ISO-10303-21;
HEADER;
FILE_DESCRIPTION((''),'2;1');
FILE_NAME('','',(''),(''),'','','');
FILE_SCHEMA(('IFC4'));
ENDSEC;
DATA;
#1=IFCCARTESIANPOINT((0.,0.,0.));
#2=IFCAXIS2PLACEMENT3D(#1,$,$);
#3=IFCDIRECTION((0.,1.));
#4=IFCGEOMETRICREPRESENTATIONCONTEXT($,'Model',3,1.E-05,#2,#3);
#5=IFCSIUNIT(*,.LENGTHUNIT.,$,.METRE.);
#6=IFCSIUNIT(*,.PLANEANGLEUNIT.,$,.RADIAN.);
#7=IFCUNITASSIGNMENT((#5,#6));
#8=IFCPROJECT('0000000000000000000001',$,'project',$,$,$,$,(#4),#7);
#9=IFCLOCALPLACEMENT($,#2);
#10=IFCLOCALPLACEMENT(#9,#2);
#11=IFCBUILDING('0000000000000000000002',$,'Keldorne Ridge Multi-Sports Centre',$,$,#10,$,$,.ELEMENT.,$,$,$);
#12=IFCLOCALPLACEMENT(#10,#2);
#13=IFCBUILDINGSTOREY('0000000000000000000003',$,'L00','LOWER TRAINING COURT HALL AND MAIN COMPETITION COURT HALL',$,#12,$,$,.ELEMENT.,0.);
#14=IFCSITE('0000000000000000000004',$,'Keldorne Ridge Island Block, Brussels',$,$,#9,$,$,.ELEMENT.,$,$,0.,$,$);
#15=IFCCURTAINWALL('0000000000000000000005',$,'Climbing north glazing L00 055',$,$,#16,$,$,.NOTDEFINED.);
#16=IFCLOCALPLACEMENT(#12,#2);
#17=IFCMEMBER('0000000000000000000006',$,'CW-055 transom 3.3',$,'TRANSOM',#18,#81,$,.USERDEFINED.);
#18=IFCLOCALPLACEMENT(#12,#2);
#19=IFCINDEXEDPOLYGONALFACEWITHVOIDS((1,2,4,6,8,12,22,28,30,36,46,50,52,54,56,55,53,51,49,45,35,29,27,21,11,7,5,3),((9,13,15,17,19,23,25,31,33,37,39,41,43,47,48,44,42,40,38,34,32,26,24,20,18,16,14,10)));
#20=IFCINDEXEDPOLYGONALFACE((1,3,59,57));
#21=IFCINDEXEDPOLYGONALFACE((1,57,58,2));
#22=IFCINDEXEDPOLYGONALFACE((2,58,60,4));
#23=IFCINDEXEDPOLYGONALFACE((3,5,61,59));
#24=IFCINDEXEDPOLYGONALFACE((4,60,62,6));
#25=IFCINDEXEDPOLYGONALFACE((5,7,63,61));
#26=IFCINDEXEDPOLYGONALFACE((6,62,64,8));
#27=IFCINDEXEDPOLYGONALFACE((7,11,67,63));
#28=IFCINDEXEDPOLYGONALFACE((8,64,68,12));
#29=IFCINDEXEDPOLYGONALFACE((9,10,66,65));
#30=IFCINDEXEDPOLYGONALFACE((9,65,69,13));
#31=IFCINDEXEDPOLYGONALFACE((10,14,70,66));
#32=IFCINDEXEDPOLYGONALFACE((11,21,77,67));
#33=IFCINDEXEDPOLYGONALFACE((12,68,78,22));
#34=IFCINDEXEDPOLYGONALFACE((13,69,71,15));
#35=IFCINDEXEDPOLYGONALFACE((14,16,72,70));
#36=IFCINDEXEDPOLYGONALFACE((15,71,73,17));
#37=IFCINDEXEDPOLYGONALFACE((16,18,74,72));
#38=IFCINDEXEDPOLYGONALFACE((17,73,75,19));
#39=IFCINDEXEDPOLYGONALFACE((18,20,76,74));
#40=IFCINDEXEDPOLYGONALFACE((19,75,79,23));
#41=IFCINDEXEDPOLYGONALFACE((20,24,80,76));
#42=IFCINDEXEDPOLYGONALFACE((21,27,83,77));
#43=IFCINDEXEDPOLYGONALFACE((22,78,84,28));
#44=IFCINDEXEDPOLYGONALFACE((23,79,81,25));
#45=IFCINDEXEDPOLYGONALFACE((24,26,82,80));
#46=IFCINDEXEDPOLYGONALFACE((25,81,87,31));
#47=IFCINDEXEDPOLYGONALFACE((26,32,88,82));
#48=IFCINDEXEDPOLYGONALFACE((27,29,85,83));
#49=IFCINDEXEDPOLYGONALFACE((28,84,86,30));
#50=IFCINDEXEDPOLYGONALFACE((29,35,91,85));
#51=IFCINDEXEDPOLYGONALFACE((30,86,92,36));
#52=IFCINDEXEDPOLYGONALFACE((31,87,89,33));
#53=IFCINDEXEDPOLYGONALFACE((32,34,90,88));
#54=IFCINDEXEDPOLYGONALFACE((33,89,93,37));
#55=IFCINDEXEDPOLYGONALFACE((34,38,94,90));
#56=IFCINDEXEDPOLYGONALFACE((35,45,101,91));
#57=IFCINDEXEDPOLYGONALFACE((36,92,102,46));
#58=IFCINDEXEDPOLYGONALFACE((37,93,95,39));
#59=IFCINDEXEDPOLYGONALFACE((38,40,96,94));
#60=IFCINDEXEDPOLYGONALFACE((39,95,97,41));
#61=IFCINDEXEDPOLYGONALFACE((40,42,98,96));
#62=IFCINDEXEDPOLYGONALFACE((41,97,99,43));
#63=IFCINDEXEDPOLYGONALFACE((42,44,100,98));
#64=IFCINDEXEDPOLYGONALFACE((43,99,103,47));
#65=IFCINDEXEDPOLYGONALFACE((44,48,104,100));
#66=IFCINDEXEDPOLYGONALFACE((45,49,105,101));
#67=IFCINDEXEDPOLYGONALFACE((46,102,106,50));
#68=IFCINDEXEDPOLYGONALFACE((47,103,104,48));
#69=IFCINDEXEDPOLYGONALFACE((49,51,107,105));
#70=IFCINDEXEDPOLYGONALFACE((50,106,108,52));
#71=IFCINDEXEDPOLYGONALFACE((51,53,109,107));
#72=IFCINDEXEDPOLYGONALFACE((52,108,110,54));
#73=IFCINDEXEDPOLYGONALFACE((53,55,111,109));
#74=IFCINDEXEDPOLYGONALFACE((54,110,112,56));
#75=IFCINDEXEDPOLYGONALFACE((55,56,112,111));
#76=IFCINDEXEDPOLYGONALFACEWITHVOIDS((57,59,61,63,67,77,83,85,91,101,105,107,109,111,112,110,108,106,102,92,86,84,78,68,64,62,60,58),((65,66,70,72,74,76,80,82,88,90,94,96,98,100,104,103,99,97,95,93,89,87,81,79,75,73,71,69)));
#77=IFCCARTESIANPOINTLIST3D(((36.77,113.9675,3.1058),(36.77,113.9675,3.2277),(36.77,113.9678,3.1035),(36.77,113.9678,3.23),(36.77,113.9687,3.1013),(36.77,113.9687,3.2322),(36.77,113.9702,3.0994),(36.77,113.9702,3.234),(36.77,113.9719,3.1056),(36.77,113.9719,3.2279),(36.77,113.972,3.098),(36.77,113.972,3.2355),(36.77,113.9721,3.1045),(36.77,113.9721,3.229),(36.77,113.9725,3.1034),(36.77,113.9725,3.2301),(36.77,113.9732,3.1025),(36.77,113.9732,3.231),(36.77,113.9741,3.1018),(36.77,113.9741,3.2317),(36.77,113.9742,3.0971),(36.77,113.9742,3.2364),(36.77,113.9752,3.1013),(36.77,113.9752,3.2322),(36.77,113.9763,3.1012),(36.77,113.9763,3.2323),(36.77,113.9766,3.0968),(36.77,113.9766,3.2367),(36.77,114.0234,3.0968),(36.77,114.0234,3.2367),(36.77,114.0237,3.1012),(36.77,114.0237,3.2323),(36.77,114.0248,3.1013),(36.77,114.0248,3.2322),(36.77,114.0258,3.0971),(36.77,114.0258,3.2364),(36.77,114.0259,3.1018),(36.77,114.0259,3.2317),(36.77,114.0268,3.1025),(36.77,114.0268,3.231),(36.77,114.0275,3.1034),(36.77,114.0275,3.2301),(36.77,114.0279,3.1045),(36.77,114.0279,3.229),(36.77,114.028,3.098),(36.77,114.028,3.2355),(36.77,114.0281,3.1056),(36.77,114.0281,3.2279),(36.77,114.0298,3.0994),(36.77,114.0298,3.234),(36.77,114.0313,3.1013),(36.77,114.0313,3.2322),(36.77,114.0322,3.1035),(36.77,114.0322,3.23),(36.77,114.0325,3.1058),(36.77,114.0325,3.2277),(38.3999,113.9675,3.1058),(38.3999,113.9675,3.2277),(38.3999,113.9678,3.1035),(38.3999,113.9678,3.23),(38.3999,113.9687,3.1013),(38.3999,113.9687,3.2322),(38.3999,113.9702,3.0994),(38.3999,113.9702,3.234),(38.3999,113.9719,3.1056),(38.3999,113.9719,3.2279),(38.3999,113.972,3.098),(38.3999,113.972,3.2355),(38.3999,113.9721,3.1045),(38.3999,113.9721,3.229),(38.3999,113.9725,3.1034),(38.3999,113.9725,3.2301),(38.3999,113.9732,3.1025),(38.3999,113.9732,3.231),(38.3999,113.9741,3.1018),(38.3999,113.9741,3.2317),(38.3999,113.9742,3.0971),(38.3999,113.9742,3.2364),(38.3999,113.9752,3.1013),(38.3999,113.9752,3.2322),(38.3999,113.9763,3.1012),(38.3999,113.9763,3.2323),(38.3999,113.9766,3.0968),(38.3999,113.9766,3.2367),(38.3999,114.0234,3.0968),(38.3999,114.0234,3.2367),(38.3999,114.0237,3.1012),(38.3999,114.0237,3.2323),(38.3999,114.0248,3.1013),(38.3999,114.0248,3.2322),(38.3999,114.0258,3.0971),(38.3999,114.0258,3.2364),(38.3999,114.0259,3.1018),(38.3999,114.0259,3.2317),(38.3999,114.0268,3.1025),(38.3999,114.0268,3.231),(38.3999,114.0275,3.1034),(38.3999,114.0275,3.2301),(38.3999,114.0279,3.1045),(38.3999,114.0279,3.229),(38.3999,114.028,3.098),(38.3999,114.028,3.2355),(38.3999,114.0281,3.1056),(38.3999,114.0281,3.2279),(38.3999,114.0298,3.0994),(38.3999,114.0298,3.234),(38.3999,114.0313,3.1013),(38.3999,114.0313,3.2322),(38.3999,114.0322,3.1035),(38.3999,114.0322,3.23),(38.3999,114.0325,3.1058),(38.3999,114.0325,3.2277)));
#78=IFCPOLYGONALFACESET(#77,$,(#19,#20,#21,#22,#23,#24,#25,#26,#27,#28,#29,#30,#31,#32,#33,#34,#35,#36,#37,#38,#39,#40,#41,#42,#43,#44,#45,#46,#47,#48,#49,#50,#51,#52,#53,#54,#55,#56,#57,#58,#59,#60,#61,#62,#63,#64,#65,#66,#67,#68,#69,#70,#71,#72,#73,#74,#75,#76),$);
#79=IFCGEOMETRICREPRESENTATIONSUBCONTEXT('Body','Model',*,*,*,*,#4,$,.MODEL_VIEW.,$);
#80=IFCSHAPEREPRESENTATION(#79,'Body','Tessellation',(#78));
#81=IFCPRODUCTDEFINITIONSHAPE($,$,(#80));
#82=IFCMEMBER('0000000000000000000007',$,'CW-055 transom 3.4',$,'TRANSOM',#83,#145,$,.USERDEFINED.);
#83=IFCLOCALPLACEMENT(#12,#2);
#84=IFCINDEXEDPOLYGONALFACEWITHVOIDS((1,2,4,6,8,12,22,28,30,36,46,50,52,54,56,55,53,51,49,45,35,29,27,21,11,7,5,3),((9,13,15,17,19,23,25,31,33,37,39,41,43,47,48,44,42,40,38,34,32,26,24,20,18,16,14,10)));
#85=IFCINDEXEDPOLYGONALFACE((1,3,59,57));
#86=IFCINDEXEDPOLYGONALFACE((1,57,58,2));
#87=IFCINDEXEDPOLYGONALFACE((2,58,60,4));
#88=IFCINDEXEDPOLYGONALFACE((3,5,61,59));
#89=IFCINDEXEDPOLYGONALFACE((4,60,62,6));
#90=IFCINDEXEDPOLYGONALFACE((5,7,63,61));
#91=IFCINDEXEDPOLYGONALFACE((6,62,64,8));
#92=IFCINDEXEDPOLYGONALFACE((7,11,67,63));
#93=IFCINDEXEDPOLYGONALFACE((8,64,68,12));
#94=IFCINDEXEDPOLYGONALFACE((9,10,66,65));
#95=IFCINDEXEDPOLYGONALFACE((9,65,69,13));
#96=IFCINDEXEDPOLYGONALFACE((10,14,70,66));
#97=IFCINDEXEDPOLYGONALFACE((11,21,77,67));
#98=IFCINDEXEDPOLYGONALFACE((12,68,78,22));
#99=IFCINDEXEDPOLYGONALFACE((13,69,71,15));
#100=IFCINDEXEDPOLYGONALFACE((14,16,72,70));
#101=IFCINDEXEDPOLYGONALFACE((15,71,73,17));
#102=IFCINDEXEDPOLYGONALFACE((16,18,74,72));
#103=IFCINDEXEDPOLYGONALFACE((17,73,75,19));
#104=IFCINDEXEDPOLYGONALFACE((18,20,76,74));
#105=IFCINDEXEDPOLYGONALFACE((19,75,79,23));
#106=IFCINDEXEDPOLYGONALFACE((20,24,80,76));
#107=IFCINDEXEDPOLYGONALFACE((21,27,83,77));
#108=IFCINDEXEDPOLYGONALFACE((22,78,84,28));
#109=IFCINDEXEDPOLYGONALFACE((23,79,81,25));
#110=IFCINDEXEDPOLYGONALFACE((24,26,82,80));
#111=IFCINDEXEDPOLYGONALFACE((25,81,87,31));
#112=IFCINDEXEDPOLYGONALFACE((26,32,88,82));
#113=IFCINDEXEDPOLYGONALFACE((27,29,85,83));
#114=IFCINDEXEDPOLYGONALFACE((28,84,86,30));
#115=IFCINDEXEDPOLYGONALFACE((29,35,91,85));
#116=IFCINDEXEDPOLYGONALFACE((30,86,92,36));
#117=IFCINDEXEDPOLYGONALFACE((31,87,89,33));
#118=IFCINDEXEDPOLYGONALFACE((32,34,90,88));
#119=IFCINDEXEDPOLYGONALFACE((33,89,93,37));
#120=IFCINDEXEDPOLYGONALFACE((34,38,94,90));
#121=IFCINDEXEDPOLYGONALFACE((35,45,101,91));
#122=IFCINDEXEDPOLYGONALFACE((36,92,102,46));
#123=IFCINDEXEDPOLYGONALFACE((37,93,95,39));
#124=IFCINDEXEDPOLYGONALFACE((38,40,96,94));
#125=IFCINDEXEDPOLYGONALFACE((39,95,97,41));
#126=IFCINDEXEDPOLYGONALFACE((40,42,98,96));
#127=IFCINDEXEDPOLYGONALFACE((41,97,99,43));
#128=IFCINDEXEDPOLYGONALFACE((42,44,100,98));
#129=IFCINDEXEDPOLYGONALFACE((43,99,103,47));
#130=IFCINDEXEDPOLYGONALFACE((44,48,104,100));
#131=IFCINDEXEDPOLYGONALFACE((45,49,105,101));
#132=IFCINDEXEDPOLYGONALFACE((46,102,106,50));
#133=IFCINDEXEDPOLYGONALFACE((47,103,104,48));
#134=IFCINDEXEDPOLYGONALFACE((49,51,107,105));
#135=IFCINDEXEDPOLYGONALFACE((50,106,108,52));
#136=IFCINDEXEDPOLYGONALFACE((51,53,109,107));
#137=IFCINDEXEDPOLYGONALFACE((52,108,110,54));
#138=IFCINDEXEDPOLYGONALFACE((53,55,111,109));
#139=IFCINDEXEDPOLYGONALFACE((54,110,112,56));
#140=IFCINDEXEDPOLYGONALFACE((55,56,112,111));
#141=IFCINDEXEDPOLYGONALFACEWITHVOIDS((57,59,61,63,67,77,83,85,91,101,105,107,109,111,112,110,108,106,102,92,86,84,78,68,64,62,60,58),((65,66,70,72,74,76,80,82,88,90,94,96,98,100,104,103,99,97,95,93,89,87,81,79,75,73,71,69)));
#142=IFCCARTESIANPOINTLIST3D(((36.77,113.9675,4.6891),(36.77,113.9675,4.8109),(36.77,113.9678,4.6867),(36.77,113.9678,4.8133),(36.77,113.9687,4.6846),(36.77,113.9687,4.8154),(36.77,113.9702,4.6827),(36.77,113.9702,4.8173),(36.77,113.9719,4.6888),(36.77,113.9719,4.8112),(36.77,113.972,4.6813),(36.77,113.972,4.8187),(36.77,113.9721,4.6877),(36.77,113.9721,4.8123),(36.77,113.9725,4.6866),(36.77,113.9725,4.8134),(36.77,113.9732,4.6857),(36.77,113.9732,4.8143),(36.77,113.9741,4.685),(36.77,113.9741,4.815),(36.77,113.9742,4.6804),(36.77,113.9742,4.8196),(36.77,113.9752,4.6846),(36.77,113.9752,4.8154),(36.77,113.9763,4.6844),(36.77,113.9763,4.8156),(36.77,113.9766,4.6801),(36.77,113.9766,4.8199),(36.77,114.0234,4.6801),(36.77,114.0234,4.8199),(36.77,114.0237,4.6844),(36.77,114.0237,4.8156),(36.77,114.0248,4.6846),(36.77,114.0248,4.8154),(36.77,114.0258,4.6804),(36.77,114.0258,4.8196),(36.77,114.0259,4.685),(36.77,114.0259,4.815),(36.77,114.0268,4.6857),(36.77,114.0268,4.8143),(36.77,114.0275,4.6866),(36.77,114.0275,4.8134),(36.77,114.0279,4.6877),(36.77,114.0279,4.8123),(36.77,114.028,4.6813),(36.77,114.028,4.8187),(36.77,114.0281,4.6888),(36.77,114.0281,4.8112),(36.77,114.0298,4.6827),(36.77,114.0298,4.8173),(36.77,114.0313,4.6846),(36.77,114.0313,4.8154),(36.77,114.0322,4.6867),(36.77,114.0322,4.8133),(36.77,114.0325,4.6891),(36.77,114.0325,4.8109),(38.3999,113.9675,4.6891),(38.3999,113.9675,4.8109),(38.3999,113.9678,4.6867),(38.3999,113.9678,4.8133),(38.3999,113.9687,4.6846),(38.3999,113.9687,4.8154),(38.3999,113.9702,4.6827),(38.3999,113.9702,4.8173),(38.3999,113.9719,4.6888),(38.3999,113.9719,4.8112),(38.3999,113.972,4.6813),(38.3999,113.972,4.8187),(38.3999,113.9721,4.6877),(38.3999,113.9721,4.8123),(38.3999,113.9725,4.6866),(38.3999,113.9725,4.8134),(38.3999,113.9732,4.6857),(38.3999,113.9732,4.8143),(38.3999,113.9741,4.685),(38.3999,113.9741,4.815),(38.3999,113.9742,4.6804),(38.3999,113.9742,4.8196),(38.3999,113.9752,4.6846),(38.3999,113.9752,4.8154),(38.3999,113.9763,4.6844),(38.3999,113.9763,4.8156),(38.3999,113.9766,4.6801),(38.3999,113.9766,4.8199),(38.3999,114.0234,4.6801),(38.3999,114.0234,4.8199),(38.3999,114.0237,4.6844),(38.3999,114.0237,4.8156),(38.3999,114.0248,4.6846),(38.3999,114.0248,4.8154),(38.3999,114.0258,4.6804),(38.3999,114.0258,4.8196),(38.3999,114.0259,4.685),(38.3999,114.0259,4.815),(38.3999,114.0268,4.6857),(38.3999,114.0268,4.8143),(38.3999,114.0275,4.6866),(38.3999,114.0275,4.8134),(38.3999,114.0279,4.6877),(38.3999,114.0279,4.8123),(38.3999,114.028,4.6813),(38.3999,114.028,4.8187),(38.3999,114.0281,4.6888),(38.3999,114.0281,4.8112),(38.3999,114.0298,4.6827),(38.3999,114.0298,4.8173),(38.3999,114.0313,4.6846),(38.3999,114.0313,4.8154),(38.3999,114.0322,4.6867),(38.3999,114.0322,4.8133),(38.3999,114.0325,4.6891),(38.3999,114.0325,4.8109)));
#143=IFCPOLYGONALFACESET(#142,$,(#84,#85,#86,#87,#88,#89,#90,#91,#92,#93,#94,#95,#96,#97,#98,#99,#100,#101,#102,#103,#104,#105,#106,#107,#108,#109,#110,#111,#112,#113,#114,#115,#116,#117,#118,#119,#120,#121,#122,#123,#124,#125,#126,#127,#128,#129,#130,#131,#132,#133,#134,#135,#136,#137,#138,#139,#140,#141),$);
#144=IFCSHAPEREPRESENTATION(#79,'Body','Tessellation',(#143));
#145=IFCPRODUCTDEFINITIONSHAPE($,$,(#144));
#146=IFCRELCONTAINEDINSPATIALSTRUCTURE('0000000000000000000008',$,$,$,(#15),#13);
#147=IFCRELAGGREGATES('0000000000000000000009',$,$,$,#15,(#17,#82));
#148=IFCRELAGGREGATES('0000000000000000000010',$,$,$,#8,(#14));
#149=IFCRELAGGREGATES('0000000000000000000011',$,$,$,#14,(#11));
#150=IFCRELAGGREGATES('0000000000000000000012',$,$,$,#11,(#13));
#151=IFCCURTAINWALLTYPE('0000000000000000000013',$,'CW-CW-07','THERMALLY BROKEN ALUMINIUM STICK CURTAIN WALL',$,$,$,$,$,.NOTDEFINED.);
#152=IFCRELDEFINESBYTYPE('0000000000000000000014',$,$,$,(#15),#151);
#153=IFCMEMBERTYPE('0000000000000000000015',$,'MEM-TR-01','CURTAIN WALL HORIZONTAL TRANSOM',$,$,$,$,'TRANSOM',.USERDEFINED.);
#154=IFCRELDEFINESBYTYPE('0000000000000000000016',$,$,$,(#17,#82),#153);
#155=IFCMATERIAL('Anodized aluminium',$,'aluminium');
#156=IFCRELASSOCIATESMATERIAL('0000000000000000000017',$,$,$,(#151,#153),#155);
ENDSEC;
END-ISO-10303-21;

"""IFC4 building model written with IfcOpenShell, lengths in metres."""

from ifc_helpers import new_model, si_unit, direction, frame, origin, origin_2d, place, context, subcontext, project, spatial, hollow_rectangle, extrude, material, material_profile, profile_set, type_object, element, aggregate, save


model = new_model("IFC4")

# Units and contexts
model_context = context("Model", 3, precision=1e-05, world=origin(), true_north=direction((0.0, 1.0)))
body_context = subcontext(model_context, "Body", "Model", "MODEL_VIEW")
ifc_project = project(units=[si_unit("LENGTHUNIT", "METRE"), si_unit("PLANEANGLEUNIT", "RADIAN")], contexts=[model_context])

# Site, building, storey
site_placement = place(None, origin())
site = spatial("IfcSite", under=ifc_project, at=site_placement, Name="Keldorne Ridge Island Block, Brussels", CompositionType="ELEMENT", RefElevation=0.0)
building_placement = place(site_placement, origin())
building = spatial("IfcBuilding", under=site, at=building_placement, Name="Keldorne Ridge Multi-Sports Centre", CompositionType="ELEMENT")
storey_placement = place(building_placement, origin())
storey = spatial("IfcBuildingStorey", under=building, at=storey_placement, Name="L00", Description="LOWER TRAINING COURT HALL AND MAIN COMPETITION COURT HALL", CompositionType="ELEMENT", Elevation=0.0)

# Curtain wall, members
ifc_material_1 = material(Name="Anodized aluminium", Category="aluminium")
curtain_wall_type = type_object("IfcCurtainWallType", Name="CW-CW-07", Description="THERMALLY BROKEN ALUMINIUM STICK CURTAIN WALL", PredefinedType="NOTDEFINED", material=ifc_material_1)
curtain_wall_placement = place(storey_placement, origin())
curtain_wall = element("IfcCurtainWall", 1, at=curtain_wall_placement, inside=storey, type_object=curtain_wall_type, Name="Climbing north glazing L00 055", PredefinedType="NOTDEFINED")
ifc_material_profile_1 = material_profile(ifc_material_1, hollow_rectangle(XDim=0.0649, YDim=0.1399, WallThickness=0.0044, InnerFilletRadius=0.0044, OuterFilletRadius=0.009, at=origin_2d()), Name="ALU TRANSOM 140x65x4.5")
ifc_profile_set_1 = profile_set([ifc_material_profile_1], Name="Anodized aluminium")
member_type_1 = type_object("IfcMemberType", Name="MEM-TR-01", Description="CURTAIN WALL HORIZONTAL TRANSOM", ElementType="TRANSOM", PredefinedType="USERDEFINED", material=ifc_profile_set_1)
member_1_placement = place(storey_placement, frame((38.3999, 114.0, 3.1667), z_axis=(-1.0, 0.0, 0.0), x_axis=(0.0, -1.0, 0.0)))
member_1 = element("IfcMember", 2, at=member_1_placement, type_object=member_type_1, Name="CW-055 transom 3.3", ObjectType="TRANSOM", PredefinedType="USERDEFINED", context=body_context, shape_type="SweptSolid", body=[
    extrude(hollow_rectangle(XDim=0.0649, YDim=0.1399, WallThickness=0.0044, InnerFilletRadius=0.0044, OuterFilletRadius=0.009, at=origin_2d()), origin(), (0.0, 0.0, 1.0), 1.6299),
])
member_2_placement = place(storey_placement, frame((38.3999, 114.0, 4.75), z_axis=(-1.0, 0.0, 0.0), x_axis=(0.0, -1.0, 0.0)))
member_2 = element("IfcMember", 3, at=member_2_placement, type_object=member_type_1, Name="CW-055 transom 3.4", ObjectType="TRANSOM", PredefinedType="USERDEFINED", context=body_context, shape_type="SweptSolid", body=[
    extrude(hollow_rectangle(XDim=0.0649, YDim=0.1399, WallThickness=0.0044, InnerFilletRadius=0.0044, OuterFilletRadius=0.009, at=origin_2d()), origin(), (0.0, 0.0, 1.0), 1.6299),
])
aggregate(curtain_wall, [member_1, member_2])

save(model, "model.ifc")
